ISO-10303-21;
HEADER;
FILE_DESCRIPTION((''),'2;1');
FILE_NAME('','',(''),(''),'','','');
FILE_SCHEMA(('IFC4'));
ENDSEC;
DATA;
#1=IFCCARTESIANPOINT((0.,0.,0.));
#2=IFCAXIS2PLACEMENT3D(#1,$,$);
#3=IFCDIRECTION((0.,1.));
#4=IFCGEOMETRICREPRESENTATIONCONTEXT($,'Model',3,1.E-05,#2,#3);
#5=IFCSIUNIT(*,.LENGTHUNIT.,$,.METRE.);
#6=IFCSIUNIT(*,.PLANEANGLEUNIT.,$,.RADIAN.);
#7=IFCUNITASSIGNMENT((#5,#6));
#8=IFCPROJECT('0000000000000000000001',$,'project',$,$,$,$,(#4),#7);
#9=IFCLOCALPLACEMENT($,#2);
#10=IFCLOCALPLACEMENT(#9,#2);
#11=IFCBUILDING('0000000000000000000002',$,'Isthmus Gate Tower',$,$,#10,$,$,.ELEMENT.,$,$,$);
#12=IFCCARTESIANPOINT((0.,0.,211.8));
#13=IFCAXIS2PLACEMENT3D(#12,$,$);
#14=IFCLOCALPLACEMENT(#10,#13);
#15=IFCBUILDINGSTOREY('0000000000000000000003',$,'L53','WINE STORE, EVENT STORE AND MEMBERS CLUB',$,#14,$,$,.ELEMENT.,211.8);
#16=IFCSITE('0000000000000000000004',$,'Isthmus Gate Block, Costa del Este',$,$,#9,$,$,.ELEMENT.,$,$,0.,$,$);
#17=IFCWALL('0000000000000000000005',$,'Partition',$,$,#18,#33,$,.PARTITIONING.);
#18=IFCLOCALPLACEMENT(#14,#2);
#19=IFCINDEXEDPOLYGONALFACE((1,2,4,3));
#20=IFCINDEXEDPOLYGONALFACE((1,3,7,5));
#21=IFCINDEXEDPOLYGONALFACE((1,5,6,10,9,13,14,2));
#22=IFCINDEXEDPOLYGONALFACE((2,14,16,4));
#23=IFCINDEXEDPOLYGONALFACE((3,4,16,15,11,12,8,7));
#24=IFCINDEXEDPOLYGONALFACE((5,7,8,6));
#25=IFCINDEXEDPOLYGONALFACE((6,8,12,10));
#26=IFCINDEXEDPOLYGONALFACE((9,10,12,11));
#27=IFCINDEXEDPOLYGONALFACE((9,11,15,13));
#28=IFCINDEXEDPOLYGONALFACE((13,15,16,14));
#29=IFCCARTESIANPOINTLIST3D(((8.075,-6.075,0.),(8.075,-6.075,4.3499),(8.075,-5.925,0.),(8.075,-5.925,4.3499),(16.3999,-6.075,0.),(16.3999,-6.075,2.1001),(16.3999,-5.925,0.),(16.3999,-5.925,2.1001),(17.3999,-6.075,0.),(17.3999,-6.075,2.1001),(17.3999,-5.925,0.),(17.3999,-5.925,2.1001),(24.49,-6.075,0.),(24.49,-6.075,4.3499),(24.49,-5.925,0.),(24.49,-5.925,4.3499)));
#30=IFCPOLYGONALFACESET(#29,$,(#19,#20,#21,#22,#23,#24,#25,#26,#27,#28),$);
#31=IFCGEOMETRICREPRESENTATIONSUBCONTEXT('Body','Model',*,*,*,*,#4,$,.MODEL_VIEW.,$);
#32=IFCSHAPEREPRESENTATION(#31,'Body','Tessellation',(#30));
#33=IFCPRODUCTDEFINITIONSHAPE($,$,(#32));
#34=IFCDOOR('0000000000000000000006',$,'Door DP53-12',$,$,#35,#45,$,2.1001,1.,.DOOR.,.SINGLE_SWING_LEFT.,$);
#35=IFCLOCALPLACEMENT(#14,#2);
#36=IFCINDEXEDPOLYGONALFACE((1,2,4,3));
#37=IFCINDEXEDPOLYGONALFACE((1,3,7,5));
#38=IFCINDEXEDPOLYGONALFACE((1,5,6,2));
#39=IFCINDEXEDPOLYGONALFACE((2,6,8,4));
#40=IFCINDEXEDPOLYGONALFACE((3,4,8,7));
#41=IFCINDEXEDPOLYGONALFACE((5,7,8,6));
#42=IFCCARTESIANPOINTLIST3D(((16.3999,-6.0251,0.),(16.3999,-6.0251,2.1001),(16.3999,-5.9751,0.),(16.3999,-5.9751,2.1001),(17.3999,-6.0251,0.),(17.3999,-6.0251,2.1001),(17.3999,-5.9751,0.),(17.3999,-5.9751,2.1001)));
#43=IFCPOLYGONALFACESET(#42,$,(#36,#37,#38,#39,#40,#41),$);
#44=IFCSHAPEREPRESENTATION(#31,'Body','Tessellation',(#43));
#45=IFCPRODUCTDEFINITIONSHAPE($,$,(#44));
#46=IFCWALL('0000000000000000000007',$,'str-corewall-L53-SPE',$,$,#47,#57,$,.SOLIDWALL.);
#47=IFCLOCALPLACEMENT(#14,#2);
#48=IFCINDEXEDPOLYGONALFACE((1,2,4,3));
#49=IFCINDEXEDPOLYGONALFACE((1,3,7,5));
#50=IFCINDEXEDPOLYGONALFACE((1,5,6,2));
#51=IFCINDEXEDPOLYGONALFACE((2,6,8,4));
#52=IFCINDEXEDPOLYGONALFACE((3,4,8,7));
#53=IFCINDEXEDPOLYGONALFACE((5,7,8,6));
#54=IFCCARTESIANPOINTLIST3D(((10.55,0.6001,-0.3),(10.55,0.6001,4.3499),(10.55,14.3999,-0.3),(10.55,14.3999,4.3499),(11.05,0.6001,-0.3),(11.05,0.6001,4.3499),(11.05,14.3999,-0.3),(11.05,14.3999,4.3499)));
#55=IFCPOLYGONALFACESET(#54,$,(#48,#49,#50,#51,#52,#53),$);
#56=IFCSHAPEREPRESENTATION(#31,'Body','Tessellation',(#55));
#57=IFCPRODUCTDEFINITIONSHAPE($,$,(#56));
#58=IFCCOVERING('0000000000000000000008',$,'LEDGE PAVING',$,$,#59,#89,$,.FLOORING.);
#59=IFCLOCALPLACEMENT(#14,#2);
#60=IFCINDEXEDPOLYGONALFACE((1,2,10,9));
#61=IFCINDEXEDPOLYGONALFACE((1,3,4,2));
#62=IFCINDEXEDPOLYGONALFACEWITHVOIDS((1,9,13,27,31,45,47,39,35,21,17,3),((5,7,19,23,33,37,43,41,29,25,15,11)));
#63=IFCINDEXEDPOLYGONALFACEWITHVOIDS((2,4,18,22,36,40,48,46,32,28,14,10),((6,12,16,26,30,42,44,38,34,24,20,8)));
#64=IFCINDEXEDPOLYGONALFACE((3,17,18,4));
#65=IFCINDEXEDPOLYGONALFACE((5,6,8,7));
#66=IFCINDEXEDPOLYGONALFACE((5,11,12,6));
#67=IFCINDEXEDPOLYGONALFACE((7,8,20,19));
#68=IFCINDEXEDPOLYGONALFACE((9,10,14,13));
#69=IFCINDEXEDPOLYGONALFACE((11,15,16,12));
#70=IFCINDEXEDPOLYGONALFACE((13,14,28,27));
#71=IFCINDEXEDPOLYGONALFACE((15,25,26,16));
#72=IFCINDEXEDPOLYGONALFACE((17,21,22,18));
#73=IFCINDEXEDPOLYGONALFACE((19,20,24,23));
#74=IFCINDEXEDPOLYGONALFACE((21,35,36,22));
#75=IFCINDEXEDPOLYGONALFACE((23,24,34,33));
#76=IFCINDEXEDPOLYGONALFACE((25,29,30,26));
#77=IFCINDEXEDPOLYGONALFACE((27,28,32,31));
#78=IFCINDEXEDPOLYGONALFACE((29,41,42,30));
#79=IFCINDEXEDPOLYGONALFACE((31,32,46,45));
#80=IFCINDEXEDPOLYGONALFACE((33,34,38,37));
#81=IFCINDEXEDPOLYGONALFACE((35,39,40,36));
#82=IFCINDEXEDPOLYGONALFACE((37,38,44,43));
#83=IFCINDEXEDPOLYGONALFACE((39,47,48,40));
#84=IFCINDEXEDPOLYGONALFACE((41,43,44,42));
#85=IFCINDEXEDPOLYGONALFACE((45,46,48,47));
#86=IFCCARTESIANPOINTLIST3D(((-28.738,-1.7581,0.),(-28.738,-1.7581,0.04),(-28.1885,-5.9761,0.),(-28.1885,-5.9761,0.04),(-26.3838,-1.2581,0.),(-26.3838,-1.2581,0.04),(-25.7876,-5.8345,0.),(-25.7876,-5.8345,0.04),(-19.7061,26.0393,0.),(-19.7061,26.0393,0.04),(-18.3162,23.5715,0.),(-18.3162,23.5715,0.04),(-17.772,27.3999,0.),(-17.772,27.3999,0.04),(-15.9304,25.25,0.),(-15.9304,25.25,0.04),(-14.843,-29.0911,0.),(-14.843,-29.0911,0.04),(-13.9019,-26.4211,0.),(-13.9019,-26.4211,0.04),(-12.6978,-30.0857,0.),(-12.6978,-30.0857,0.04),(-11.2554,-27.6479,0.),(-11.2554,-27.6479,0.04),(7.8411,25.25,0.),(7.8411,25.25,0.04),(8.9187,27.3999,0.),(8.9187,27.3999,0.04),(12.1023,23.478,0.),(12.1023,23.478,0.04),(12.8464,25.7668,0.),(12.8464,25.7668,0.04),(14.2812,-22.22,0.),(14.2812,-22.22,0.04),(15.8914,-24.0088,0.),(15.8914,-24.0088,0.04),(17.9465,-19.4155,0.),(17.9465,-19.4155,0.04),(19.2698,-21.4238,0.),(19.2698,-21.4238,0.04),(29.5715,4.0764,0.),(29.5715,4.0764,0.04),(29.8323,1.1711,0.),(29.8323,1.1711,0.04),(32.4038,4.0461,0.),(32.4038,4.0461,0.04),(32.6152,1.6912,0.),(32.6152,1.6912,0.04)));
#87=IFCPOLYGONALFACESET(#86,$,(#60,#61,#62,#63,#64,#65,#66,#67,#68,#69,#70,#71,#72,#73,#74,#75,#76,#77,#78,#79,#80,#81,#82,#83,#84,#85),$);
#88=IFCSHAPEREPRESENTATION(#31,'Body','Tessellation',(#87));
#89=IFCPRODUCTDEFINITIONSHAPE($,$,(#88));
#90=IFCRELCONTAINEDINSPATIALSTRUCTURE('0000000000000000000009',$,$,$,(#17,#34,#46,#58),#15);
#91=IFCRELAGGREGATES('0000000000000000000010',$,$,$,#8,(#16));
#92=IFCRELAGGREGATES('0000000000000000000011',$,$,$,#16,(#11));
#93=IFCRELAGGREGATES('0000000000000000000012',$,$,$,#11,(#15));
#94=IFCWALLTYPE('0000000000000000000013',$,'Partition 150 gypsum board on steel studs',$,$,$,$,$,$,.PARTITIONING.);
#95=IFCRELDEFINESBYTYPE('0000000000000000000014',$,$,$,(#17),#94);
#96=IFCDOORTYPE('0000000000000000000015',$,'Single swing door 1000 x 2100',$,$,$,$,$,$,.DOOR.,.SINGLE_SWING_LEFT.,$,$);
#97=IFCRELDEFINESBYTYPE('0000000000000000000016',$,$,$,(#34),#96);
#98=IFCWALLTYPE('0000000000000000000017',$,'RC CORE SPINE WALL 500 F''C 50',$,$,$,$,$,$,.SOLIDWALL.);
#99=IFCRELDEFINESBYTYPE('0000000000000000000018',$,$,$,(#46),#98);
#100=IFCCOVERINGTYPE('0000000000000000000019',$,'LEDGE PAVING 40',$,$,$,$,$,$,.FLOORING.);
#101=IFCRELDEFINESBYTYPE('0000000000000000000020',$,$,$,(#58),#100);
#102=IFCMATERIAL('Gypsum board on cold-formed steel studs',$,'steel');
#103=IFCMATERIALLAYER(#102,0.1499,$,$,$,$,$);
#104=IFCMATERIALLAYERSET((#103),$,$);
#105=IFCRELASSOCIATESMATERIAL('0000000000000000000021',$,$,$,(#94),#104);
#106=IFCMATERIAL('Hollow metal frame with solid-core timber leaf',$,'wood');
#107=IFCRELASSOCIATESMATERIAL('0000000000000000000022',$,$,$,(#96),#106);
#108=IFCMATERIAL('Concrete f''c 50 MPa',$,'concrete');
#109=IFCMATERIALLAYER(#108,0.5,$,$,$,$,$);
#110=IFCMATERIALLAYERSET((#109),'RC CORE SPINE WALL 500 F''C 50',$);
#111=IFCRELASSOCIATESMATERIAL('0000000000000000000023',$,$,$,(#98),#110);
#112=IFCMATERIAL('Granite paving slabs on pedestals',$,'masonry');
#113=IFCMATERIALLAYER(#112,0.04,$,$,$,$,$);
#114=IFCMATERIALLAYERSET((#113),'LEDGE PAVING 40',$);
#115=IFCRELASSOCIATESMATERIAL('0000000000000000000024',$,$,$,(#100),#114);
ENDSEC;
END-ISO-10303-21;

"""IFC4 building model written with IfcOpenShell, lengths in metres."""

from ifc_helpers import new_model, si_unit, direction, frame, frame_2d, origin, place, context, subcontext, project, spatial, polyline, rectangle, outline, extrude, material, layer, layer_set, type_object, element, fill, save


model = new_model("IFC4")

# Units and contexts
model_context = context("Model", 3, precision=1e-05, world=origin(), true_north=direction((0.0, 1.0)))
body_context = subcontext(model_context, "Body", "Model", "MODEL_VIEW")
ifc_project = project(units=[si_unit("LENGTHUNIT", "METRE"), si_unit("PLANEANGLEUNIT", "RADIAN")], contexts=[model_context])

# Site, building, storey
site_placement = place(None, origin())
site = spatial("IfcSite", under=ifc_project, at=site_placement, Name="Isthmus Gate Block, Costa del Este", CompositionType="ELEMENT", RefElevation=0.0)
building_placement = place(site_placement, origin())
building = spatial("IfcBuilding", under=site, at=building_placement, Name="Isthmus Gate Tower", CompositionType="ELEMENT")
storey_placement = place(building_placement, frame((0.0, 0.0, 211.8)))
storey = spatial("IfcBuildingStorey", under=building, at=storey_placement, Name="L53", Description="WINE STORE, EVENT STORE AND MEMBERS CLUB", CompositionType="ELEMENT", Elevation=211.8)

# Wall, opening, door
ifc_material_1 = material(Name="Gypsum board on cold-formed steel studs", Category="steel")
ifc_layer_1 = layer(ifc_material_1, 0.1499)
ifc_layer_set_1 = layer_set([ifc_layer_1])
wall_type_1 = type_object("IfcWallType", Name="Partition 150 gypsum board on steel studs", PredefinedType="PARTITIONING", material=ifc_layer_set_1)
wall_1_placement = place(storey_placement, frame((8.075, -6.0, 0.0), z_axis=(0.0, 0.0, 1.0), x_axis=(1.0, 0.0, 0.0)))
wall_1 = element("IfcWall", 1, at=wall_1_placement, inside=storey, type_object=wall_type_1, Name="Partition", PredefinedType="PARTITIONING", context=body_context, shape_type="SweptSolid", body=[
    extrude(rectangle(XDim=16.415, YDim=0.1499, at=frame_2d((8.2075, 0.0))), origin(), (0.0, 0.0, 1.0), 4.3499),
])
opening_1_placement = place(wall_1_placement, frame((8.325, 0.0, 0.0)))
opening_1 = element("IfcOpeningElement", 2, at=opening_1_placement, cuts=wall_1, PredefinedType="OPENING", context=body_context, shape_type="SweptSolid", body=[
    extrude(rectangle(XDim=1.0, YDim=2.1001, at=frame_2d((0.5, 1.05))), frame((0.0, 0.085, 0.0), z_axis=(0.0, -1.0, 0.0), x_axis=(1.0, 0.0, 0.0)), (0.0, 0.0, 1.0), 0.1699),
])
ifc_material_2 = material(Name="Hollow metal frame with solid-core timber leaf", Category="wood")
door_type_1 = type_object("IfcDoorType", Name="Single swing door 1000 x 2100", OperationType="SINGLE_SWING_LEFT", PredefinedType="DOOR", material=ifc_material_2)
door_1_placement = place(opening_1_placement, origin())
door_1 = element("IfcDoor", 3, at=door_1_placement, inside=storey, type_object=door_type_1, Name="Door DP53-12", OperationType="SINGLE_SWING_LEFT", OverallHeight=2.1001, OverallWidth=1.0, PredefinedType="DOOR", context=body_context, shape_type="SweptSolid", body=[
    extrude(rectangle(XDim=1.0, YDim=2.1001, at=frame_2d((0.5, 1.05))), frame((0.0, 0.0249, 0.0), z_axis=(0.0, -1.0, 0.0), x_axis=(1.0, 0.0, 0.0)), (0.0, 0.0, 1.0), 0.05),
])
fill(opening_1, door_1)

# Wall
ifc_material_3 = material(Name="Concrete f'c 50 MPa", Category="concrete")
ifc_layer_2 = layer(ifc_material_3, 0.5)
ifc_layer_set_2 = layer_set([ifc_layer_2], Name="RC CORE SPINE WALL 500 F'C 50")
wall_type_2 = type_object("IfcWallType", Name="RC CORE SPINE WALL 500 F'C 50", PredefinedType="SOLIDWALL", material=ifc_layer_set_2)
wall_2_placement = place(storey_placement, frame((10.8, 0.6001, -0.3), z_axis=(0.0, 0.0, 1.0), x_axis=(0.0, 1.0, 0.0)))
element("IfcWall", 4, at=wall_2_placement, inside=storey, type_object=wall_type_2, Name="str-corewall-L53-SPE", PredefinedType="SOLIDWALL", context=body_context, shape_type="SweptSolid", body=[
    extrude(rectangle(XDim=13.7998, YDim=0.5, at=frame_2d((6.8999, 0.0))), origin(), (0.0, 0.0, 1.0), 4.6499),
])

# Covering
ifc_material_4 = material(Name="Granite paving slabs on pedestals", Category="masonry")
ifc_layer_3 = layer(ifc_material_4, 0.04)
ifc_layer_set_3 = layer_set([ifc_layer_3], Name="LEDGE PAVING 40")
covering_type = type_object("IfcCoveringType", Name="LEDGE PAVING 40", PredefinedType="FLOORING", material=ifc_layer_set_3)
covering_placement = place(storey_placement, origin())
element("IfcCovering", 5, at=covering_placement, inside=storey, type_object=covering_type, Name="LEDGE PAVING", PredefinedType="FLOORING", context=body_context, shape_type="SweptSolid", body=[
    extrude(outline(polyline([(32.4038, 4.0461), (32.6152, 1.6912), (19.2698, -21.4238), (15.8914, -24.0088), (-12.6978, -30.0857), (-14.843, -29.0911), (-28.1885, -5.9761), (-28.738, -1.7581), (-19.7061, 26.0393), (-17.772, 27.3999), (8.9187, 27.3999), (12.8464, 25.7668), (32.4038, 4.0461)]), holes=[polyline([(-18.3162, 23.5715), (-26.3838, -1.2581), (-25.7876, -5.8345), (-13.9019, -26.4211), (-11.2554, -27.6479), (14.2812, -22.22), (17.9465, -19.4155), (29.8323, 1.1711), (29.5715, 4.0764), (12.1023, 23.478), (7.8411, 25.25), (-15.9304, 25.25), (-18.3162, 23.5715)])]), origin(), (0.0, 0.0, 1.0), 0.04),
])

save(model, "model.ifc")
